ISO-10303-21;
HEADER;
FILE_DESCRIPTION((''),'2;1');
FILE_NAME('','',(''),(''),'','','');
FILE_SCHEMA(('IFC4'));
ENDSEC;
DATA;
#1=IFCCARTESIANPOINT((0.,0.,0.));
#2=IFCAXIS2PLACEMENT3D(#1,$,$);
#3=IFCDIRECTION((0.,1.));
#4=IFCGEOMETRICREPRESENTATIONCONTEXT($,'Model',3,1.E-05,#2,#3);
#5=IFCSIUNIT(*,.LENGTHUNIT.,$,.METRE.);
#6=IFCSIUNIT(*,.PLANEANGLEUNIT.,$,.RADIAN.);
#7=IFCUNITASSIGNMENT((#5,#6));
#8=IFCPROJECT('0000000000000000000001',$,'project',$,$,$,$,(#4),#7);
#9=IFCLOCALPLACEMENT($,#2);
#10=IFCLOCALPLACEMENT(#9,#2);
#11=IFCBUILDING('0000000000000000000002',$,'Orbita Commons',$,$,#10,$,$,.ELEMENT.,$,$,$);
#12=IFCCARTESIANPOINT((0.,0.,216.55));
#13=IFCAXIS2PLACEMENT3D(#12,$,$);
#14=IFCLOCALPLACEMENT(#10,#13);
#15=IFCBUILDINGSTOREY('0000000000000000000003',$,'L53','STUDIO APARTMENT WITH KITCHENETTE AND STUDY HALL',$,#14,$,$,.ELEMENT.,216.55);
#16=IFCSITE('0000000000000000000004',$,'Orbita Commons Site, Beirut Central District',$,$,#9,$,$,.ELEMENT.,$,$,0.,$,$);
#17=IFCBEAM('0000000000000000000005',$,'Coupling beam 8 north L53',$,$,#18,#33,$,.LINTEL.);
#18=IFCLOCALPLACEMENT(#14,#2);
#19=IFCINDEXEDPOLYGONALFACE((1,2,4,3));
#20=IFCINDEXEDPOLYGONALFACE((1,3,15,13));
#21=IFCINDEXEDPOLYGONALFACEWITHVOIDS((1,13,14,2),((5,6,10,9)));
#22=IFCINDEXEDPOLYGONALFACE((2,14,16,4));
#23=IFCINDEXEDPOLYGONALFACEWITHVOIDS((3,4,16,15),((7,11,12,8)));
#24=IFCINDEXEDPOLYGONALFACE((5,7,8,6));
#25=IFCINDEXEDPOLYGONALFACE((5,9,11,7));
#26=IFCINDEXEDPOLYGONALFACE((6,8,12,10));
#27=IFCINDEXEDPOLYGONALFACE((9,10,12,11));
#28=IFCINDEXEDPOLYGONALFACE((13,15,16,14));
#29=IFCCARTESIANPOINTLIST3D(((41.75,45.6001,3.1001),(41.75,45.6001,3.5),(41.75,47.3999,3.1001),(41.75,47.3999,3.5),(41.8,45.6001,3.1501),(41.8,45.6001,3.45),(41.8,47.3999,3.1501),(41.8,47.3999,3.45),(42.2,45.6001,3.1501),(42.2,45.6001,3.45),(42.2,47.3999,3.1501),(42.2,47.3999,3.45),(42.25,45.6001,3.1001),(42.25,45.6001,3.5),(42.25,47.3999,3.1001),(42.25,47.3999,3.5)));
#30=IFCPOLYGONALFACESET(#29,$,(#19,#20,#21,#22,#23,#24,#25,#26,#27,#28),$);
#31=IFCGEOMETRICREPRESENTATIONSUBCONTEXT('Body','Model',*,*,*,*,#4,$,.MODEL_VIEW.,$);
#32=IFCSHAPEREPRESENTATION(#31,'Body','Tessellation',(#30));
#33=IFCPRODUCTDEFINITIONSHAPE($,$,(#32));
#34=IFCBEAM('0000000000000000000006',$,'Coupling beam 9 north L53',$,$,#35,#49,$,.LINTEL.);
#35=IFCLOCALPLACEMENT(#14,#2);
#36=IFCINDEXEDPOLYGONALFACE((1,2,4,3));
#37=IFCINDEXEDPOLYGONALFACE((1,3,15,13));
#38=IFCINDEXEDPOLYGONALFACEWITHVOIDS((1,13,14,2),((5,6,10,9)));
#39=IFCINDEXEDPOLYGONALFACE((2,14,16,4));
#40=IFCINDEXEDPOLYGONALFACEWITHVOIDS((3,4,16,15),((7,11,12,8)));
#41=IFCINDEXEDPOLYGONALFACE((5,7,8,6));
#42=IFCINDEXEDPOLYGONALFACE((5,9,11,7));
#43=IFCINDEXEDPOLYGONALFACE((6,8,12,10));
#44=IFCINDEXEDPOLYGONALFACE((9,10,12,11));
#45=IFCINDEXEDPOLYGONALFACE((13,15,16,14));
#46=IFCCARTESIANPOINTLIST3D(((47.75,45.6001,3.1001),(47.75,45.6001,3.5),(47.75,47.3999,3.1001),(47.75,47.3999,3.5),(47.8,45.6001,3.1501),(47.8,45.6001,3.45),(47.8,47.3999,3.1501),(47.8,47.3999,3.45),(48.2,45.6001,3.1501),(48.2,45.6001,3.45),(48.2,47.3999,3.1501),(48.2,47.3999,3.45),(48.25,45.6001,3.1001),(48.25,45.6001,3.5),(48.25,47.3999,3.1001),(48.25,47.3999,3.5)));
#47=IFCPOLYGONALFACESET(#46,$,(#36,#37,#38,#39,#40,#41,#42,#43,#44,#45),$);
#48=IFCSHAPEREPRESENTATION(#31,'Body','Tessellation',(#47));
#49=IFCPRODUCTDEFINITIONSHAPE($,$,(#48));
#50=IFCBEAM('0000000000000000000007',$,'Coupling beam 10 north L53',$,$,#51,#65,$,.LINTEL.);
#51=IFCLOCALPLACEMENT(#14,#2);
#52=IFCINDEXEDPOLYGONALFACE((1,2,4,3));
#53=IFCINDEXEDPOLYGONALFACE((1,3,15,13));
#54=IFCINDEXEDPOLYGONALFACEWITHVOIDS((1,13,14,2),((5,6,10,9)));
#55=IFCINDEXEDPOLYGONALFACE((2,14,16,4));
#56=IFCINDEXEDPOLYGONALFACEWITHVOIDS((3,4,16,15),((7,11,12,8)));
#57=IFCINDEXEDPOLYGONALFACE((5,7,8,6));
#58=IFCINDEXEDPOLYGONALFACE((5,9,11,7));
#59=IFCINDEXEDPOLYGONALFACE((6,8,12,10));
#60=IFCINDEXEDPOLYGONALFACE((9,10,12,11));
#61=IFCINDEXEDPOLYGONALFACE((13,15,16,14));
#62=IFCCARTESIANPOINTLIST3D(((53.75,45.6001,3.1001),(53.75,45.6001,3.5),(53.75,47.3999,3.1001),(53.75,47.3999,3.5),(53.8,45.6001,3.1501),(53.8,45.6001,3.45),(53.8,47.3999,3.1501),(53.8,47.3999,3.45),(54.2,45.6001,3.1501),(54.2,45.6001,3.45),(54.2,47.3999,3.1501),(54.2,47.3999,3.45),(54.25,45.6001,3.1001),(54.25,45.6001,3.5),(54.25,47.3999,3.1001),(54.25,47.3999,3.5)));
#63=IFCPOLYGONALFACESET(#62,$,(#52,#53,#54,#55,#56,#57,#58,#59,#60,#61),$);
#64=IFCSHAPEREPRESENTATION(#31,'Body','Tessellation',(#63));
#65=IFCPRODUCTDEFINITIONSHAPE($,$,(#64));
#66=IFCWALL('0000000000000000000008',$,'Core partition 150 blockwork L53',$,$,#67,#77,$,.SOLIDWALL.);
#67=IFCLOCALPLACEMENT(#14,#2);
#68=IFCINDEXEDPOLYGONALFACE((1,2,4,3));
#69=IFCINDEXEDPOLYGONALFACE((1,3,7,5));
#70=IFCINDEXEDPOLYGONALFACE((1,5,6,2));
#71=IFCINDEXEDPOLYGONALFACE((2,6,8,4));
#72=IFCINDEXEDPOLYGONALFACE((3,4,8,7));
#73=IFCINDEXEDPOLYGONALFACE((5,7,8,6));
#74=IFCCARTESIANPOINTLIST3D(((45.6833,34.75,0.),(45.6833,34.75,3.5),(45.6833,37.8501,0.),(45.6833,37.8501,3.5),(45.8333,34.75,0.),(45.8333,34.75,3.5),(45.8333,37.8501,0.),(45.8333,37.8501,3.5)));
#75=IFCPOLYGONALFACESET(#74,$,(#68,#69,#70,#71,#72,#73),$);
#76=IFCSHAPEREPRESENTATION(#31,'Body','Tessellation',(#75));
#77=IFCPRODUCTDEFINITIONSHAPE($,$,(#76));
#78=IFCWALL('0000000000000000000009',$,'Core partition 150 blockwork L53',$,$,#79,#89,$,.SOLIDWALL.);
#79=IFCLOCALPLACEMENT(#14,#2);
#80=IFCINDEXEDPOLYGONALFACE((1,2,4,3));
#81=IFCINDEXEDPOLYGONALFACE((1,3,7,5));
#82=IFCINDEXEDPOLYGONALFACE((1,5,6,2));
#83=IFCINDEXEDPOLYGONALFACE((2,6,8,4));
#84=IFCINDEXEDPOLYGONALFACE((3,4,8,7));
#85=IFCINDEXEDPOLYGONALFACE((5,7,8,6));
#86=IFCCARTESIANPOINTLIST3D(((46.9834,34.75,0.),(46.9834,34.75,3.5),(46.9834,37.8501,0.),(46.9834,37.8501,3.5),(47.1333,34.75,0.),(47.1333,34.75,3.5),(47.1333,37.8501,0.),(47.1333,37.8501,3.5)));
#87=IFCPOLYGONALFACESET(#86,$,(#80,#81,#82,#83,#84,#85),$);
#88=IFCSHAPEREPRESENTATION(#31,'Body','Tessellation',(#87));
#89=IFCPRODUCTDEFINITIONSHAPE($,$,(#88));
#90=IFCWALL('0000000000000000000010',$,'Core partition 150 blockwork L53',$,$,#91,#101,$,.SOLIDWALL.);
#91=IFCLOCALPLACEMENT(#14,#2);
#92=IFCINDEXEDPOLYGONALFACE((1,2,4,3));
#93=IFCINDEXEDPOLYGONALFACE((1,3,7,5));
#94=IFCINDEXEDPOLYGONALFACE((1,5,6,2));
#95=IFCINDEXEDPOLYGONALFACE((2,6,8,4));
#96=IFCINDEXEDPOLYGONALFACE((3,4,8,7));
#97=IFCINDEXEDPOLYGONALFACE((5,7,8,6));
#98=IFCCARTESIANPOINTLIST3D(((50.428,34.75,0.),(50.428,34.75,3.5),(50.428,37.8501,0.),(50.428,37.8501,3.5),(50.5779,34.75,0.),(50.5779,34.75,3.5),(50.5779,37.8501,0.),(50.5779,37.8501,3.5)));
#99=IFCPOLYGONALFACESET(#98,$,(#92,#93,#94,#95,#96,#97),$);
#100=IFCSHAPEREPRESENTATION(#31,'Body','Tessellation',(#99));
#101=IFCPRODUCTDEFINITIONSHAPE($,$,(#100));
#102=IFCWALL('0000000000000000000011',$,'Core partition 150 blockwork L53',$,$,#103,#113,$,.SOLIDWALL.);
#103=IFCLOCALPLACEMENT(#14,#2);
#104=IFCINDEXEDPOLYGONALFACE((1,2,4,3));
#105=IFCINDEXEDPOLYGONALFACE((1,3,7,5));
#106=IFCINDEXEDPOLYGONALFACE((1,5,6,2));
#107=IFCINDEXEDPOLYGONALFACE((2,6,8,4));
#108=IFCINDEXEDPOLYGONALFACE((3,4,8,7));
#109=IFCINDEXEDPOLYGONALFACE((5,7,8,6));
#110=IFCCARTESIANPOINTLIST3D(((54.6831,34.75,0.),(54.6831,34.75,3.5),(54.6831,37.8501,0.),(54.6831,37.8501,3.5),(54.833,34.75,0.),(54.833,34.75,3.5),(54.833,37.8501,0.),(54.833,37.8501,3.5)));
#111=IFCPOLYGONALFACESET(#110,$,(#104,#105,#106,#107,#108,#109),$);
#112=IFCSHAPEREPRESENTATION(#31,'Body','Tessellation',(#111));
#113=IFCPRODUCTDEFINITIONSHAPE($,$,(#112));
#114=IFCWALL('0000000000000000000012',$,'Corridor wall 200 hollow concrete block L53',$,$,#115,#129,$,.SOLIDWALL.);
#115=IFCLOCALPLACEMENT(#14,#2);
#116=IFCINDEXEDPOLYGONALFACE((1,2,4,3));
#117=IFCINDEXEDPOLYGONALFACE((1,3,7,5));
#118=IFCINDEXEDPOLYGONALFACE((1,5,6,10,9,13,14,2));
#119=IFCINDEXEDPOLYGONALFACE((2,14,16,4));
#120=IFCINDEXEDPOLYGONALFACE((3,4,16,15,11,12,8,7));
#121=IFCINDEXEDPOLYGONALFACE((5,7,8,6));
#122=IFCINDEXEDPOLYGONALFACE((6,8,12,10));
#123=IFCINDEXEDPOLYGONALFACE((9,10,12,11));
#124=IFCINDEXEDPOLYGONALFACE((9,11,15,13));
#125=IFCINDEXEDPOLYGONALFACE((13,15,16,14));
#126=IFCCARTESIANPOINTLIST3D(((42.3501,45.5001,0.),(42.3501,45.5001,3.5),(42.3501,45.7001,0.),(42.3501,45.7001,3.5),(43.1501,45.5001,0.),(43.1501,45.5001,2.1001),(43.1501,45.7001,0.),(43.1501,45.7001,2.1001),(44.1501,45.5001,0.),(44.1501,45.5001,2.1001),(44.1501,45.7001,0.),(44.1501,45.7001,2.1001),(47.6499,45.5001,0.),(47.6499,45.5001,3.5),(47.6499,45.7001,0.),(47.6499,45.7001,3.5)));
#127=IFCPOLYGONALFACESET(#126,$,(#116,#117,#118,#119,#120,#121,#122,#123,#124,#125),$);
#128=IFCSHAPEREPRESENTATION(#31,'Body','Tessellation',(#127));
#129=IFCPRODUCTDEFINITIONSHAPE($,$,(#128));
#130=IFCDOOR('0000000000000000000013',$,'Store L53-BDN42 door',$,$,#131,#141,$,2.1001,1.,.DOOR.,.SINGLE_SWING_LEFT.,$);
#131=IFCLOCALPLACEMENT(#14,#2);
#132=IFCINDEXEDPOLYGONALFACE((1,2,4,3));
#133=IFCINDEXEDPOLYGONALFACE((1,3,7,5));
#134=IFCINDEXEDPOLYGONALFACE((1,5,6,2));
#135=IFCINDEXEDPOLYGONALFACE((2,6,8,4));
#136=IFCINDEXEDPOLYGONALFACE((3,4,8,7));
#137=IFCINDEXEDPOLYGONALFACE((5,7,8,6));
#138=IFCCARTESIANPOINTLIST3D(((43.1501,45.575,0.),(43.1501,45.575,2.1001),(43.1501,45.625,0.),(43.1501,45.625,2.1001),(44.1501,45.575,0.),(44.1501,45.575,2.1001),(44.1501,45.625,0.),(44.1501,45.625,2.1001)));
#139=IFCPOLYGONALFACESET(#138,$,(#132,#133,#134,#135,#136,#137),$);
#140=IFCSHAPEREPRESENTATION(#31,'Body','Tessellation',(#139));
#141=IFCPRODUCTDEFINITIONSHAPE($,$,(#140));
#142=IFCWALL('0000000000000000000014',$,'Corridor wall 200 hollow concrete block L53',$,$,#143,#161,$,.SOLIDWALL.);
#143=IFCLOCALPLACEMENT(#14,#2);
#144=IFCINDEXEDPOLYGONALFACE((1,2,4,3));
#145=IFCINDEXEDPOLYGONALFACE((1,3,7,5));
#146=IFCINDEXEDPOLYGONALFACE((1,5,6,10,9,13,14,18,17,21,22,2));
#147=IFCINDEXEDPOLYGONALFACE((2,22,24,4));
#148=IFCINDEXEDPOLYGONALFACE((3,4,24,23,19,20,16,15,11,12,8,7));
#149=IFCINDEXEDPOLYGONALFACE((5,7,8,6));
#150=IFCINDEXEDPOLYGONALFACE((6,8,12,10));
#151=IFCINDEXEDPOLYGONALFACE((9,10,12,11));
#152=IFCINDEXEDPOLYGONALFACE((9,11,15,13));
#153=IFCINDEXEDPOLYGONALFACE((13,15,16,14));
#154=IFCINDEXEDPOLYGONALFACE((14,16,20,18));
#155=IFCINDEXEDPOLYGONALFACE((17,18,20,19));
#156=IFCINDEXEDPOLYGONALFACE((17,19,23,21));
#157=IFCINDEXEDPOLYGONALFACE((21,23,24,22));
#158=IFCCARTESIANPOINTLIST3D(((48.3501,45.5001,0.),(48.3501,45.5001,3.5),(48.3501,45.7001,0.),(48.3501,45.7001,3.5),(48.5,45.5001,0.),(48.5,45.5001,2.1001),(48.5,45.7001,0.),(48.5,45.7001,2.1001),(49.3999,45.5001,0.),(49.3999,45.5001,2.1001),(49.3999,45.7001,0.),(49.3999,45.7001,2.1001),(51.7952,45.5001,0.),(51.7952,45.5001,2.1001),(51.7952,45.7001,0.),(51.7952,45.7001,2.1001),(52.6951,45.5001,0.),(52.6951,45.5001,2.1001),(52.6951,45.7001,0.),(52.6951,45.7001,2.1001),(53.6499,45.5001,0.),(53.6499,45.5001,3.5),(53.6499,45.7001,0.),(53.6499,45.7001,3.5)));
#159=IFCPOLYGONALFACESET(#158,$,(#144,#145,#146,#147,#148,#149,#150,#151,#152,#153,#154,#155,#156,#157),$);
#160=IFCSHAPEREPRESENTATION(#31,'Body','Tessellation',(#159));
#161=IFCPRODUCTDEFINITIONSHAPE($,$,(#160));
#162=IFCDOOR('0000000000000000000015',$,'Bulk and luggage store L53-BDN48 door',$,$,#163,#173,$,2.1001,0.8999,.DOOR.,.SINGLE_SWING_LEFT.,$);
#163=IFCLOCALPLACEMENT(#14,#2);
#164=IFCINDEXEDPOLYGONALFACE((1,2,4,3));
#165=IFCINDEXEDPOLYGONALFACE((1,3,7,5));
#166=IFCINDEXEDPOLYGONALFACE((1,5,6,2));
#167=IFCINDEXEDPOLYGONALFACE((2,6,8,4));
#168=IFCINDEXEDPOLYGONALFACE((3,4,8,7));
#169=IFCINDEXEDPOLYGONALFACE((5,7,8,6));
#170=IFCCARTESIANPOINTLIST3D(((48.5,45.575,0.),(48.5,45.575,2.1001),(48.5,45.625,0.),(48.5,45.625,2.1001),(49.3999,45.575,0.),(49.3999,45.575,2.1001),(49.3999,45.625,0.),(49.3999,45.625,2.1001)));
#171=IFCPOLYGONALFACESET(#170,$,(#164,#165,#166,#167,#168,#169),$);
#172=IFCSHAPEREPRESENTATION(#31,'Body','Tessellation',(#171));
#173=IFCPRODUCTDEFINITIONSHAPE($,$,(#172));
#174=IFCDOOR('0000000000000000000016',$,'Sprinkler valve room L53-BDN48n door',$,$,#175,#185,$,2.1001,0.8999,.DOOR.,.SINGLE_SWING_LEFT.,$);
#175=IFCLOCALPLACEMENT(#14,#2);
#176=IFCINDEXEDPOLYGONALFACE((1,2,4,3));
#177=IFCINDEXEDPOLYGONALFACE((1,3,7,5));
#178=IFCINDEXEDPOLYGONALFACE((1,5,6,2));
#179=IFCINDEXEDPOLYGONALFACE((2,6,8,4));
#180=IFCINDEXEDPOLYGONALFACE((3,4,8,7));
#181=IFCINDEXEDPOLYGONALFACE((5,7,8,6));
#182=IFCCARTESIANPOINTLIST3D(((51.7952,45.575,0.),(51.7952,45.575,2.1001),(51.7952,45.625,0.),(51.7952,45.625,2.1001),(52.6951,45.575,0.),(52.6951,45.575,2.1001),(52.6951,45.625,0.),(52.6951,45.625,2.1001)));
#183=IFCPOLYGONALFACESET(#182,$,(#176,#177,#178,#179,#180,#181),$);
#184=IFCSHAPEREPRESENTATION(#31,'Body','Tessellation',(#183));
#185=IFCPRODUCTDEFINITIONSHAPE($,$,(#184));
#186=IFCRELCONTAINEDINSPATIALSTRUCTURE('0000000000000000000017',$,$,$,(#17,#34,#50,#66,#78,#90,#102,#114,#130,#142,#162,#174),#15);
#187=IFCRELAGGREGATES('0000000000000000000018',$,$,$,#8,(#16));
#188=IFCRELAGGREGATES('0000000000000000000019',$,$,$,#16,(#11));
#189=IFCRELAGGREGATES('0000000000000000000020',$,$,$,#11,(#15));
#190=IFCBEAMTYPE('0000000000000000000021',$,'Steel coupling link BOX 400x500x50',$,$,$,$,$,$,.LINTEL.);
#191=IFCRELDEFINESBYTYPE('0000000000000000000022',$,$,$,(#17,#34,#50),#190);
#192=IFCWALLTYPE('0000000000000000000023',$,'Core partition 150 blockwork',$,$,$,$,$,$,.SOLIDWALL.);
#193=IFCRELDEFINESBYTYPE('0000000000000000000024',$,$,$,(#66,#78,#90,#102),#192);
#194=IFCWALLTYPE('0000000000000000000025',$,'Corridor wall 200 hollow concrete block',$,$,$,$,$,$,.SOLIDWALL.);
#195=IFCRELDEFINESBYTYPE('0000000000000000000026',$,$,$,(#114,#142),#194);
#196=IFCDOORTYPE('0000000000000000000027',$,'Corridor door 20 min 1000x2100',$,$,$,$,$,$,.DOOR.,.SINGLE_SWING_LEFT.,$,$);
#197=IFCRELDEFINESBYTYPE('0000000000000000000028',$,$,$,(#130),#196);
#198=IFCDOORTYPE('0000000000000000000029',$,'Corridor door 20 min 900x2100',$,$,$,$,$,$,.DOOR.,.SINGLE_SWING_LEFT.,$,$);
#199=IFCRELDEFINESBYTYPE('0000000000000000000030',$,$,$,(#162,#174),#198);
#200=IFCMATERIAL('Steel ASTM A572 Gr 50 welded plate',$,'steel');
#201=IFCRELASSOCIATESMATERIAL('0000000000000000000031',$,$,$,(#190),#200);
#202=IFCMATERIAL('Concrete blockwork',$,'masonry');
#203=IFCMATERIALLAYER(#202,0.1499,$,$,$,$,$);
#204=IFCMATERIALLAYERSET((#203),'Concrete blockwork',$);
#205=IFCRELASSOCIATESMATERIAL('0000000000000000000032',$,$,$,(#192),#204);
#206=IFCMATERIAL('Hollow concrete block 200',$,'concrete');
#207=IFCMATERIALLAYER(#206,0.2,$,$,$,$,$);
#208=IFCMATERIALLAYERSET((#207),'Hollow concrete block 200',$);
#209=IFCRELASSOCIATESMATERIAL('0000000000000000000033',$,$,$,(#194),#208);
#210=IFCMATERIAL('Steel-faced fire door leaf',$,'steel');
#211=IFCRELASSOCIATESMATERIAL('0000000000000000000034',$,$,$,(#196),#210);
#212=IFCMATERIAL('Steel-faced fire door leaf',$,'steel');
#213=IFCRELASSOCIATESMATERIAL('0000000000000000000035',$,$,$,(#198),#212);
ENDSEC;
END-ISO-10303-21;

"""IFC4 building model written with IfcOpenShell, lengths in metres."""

from ifc_helpers import new_model, si_unit, direction, frame, frame_2d, origin, origin_2d, place, context, subcontext, project, spatial, rectangle, hollow_rectangle, extrude, material, layer, layer_set, material_profile, profile_set, type_object, element, fill, save


model = new_model("IFC4")

# Units and contexts
model_context = context("Model", 3, precision=1e-05, world=origin(), true_north=direction((0.0, 1.0)))
body_context = subcontext(model_context, "Body", "Model", "MODEL_VIEW")
ifc_project = project(units=[si_unit("LENGTHUNIT", "METRE"), si_unit("PLANEANGLEUNIT", "RADIAN")], contexts=[model_context])

# Site, building, storey
site_placement = place(None, origin())
site = spatial("IfcSite", under=ifc_project, at=site_placement, Name="Orbita Commons Site, Beirut Central District", CompositionType="ELEMENT", RefElevation=0.0)
building_placement = place(site_placement, origin())
building = spatial("IfcBuilding", under=site, at=building_placement, Name="Orbita Commons", CompositionType="ELEMENT")
storey_placement = place(building_placement, frame((0.0, 0.0, 216.55)))
storey = spatial("IfcBuildingStorey", under=building, at=storey_placement, Name="L53", Description="STUDIO APARTMENT WITH KITCHENETTE AND STUDY HALL", CompositionType="ELEMENT", Elevation=216.55)

# Beams
ifc_material_1 = material(Name="Steel ASTM A572 Gr 50 welded plate", Category="steel")
ifc_material_profile = material_profile(ifc_material_1, hollow_rectangle(XDim=0.5, YDim=0.3999, WallThickness=0.05, at=origin_2d()), Name="BOX 400x500x50")
ifc_profile_set = profile_set([ifc_material_profile], Name="Steel ASTM A572 Gr 50 welded plate")
beam_type = type_object("IfcBeamType", Name="Steel coupling link BOX 400x500x50", PredefinedType="LINTEL", material=ifc_profile_set)
for number, where, z_axis, x_axis, name in (
    (1, (42.0, 45.6001, 3.3), (0.0, 1.0, 0.0), (-1.0, 0.0, 0.0), "Coupling beam 8 north L53"),
    (2, (48.0, 45.6001, 3.3), (0.0, 1.0, 0.0), (-1.0, 0.0, 0.0), "Coupling beam 9 north L53"),
    (3, (54.0, 45.6001, 3.3), (0.0, 1.0, 0.0), (-1.0, 0.0, 0.0), "Coupling beam 10 north L53"),
):
    element("IfcBeam", number, at=place(storey_placement, frame(where, z_axis=z_axis, x_axis=x_axis)), inside=storey, type_object=beam_type, Name=name, PredefinedType="LINTEL", context=body_context, shape_type="SweptSolid", body=[
        extrude(hollow_rectangle(XDim=0.5, YDim=0.3999, WallThickness=0.05, at=origin_2d()), origin(), (0.0, 0.0, 1.0), 1.7998),
    ])

# Walls
ifc_material_2 = material(Name="Concrete blockwork", Category="masonry")
ifc_layer_1 = layer(ifc_material_2, 0.1499)
ifc_layer_set_1 = layer_set([ifc_layer_1], Name="Concrete blockwork")
wall_type_1 = type_object("IfcWallType", Name="Core partition 150 blockwork", PredefinedType="SOLIDWALL", material=ifc_layer_set_1)
for number, where, z_axis, x_axis, name in (
    (4, (45.7583, 34.75, 0.0), (0.0, 0.0, 1.0), (0.0, 1.0, 0.0), "Core partition 150 blockwork L53"),
    (5, (47.0583, 34.75, 0.0), (0.0, 0.0, 1.0), (0.0, 1.0, 0.0), "Core partition 150 blockwork L53"),
    (6, (50.5029, 34.75, 0.0), (0.0, 0.0, 1.0), (0.0, 1.0, 0.0), "Core partition 150 blockwork L53"),
    (7, (54.7581, 34.75, 0.0), (0.0, 0.0, 1.0), (0.0, 1.0, 0.0), "Core partition 150 blockwork L53"),
):
    element("IfcWall", number, at=place(storey_placement, frame(where, z_axis=z_axis, x_axis=x_axis)), inside=storey, type_object=wall_type_1, Name=name, PredefinedType="SOLIDWALL", context=body_context, shape_type="SweptSolid", body=[
        extrude(rectangle(XDim=3.1001, YDim=0.1499, at=frame_2d((1.55, 0.0))), origin(), (0.0, 0.0, 1.0), 3.5),
    ])

# Wall, opening, door
ifc_material_3 = material(Name="Hollow concrete block 200", Category="concrete")
ifc_layer_2 = layer(ifc_material_3, 0.2)
ifc_layer_set_2 = layer_set([ifc_layer_2], Name="Hollow concrete block 200")
wall_type_2 = type_object("IfcWallType", Name="Corridor wall 200 hollow concrete block", PredefinedType="SOLIDWALL", material=ifc_layer_set_2)
wall_1_placement = place(storey_placement, frame((42.3501, 45.6001, 0.0), z_axis=(0.0, 0.0, 1.0), x_axis=(1.0, 0.0, 0.0)))
wall_1 = element("IfcWall", 8, at=wall_1_placement, inside=storey, type_object=wall_type_2, Name="Corridor wall 200 hollow concrete block L53", PredefinedType="SOLIDWALL", context=body_context, shape_type="SweptSolid", body=[
    extrude(rectangle(XDim=5.2998, YDim=0.2, at=frame_2d((2.6499, 0.0))), origin(), (0.0, 0.0, 1.0), 3.5),
])
opening_1_placement = place(wall_1_placement, frame((0.8, 0.0, 0.0)))
opening_1 = element("IfcOpeningElement", 9, at=opening_1_placement, cuts=wall_1, PredefinedType="OPENING", context=body_context, shape_type="SweptSolid", body=[
    extrude(rectangle(XDim=1.0, YDim=2.1001, at=frame_2d((0.5, 1.05))), frame((0.0, 0.1099, 0.0), z_axis=(0.0, -1.0, 0.0), x_axis=(1.0, 0.0, 0.0)), (0.0, 0.0, 1.0), 0.22),
])
ifc_material_4 = material(Name="Steel-faced fire door leaf", Category="steel")
door_type_1 = type_object("IfcDoorType", Name="Corridor door 20 min 1000x2100", OperationType="SINGLE_SWING_LEFT", PredefinedType="DOOR", material=ifc_material_4)
door_1_placement = place(opening_1_placement, origin())
door_1 = element("IfcDoor", 10, at=door_1_placement, inside=storey, type_object=door_type_1, Name="Store L53-BDN42 door", OperationType="SINGLE_SWING_LEFT", OverallHeight=2.1001, OverallWidth=1.0, PredefinedType="DOOR", context=body_context, shape_type="SweptSolid", body=[
    extrude(rectangle(XDim=1.0, YDim=2.1001, at=frame_2d((0.5, 1.05))), frame((0.0, 0.0249, 0.0), z_axis=(0.0, -1.0, 0.0), x_axis=(1.0, 0.0, 0.0)), (0.0, 0.0, 1.0), 0.05),
])
fill(opening_1, door_1)

# Wall, openings, doors
wall_2_placement = place(storey_placement, frame((48.3501, 45.6001, 0.0), z_axis=(0.0, 0.0, 1.0), x_axis=(1.0, 0.0, 0.0)))
wall_2 = element("IfcWall", 11, at=wall_2_placement, inside=storey, type_object=wall_type_2, Name="Corridor wall 200 hollow concrete block L53", PredefinedType="SOLIDWALL", context=body_context, shape_type="SweptSolid", body=[
    extrude(rectangle(XDim=5.2998, YDim=0.2, at=frame_2d((2.6499, 0.0))), origin(), (0.0, 0.0, 1.0), 3.5),
])
opening_2_placement = place(wall_2_placement, frame((0.1499, 0.0, 0.0)))
opening_2 = element("IfcOpeningElement", 12, at=opening_2_placement, cuts=wall_2, PredefinedType="OPENING", context=body_context, shape_type="SweptSolid", body=[
    extrude(rectangle(XDim=0.8999, YDim=2.1001, at=frame_2d((0.45, 1.05))), frame((0.0, 0.1099, 0.0), z_axis=(0.0, -1.0, 0.0), x_axis=(1.0, 0.0, 0.0)), (0.0, 0.0, 1.0), 0.22),
])
opening_3_placement = place(wall_2_placement, frame((3.4451, 0.0, 0.0)))
opening_3 = element("IfcOpeningElement", 13, at=opening_3_placement, cuts=wall_2, PredefinedType="OPENING", context=body_context, shape_type="SweptSolid", body=[
    extrude(rectangle(XDim=0.8999, YDim=2.1001, at=frame_2d((0.45, 1.05))), frame((0.0, 0.1099, 0.0), z_axis=(0.0, -1.0, 0.0), x_axis=(1.0, 0.0, 0.0)), (0.0, 0.0, 1.0), 0.22),
])
ifc_material_5 = material(Name="Steel-faced fire door leaf", Category="steel")
door_type_2 = type_object("IfcDoorType", Name="Corridor door 20 min 900x2100", OperationType="SINGLE_SWING_LEFT", PredefinedType="DOOR", material=ifc_material_5)
door_2_placement = place(opening_2_placement, origin())
door_2 = element("IfcDoor", 14, at=door_2_placement, inside=storey, type_object=door_type_2, Name="Bulk and luggage store L53-BDN48 door", OperationType="SINGLE_SWING_LEFT", OverallHeight=2.1001, OverallWidth=0.8999, PredefinedType="DOOR", context=body_context, shape_type="SweptSolid", body=[
    extrude(rectangle(XDim=0.8999, YDim=2.1001, at=frame_2d((0.45, 1.05))), frame((0.0, 0.0249, 0.0), z_axis=(0.0, -1.0, 0.0), x_axis=(1.0, 0.0, 0.0)), (0.0, 0.0, 1.0), 0.05),
])
fill(opening_2, door_2)
door_3_placement = place(opening_3_placement, origin())
door_3 = element("IfcDoor", 15, at=door_3_placement, inside=storey, type_object=door_type_2, Name="Sprinkler valve room L53-BDN48n door", OperationType="SINGLE_SWING_LEFT", OverallHeight=2.1001, OverallWidth=0.8999, PredefinedType="DOOR", context=body_context, shape_type="SweptSolid", body=[
    extrude(rectangle(XDim=0.8999, YDim=2.1001, at=frame_2d((0.45, 1.05))), frame((0.0, 0.0249, 0.0), z_axis=(0.0, -1.0, 0.0), x_axis=(1.0, 0.0, 0.0)), (0.0, 0.0, 1.0), 0.05),
])
fill(opening_3, door_3)

save(model, "model.ifc")
